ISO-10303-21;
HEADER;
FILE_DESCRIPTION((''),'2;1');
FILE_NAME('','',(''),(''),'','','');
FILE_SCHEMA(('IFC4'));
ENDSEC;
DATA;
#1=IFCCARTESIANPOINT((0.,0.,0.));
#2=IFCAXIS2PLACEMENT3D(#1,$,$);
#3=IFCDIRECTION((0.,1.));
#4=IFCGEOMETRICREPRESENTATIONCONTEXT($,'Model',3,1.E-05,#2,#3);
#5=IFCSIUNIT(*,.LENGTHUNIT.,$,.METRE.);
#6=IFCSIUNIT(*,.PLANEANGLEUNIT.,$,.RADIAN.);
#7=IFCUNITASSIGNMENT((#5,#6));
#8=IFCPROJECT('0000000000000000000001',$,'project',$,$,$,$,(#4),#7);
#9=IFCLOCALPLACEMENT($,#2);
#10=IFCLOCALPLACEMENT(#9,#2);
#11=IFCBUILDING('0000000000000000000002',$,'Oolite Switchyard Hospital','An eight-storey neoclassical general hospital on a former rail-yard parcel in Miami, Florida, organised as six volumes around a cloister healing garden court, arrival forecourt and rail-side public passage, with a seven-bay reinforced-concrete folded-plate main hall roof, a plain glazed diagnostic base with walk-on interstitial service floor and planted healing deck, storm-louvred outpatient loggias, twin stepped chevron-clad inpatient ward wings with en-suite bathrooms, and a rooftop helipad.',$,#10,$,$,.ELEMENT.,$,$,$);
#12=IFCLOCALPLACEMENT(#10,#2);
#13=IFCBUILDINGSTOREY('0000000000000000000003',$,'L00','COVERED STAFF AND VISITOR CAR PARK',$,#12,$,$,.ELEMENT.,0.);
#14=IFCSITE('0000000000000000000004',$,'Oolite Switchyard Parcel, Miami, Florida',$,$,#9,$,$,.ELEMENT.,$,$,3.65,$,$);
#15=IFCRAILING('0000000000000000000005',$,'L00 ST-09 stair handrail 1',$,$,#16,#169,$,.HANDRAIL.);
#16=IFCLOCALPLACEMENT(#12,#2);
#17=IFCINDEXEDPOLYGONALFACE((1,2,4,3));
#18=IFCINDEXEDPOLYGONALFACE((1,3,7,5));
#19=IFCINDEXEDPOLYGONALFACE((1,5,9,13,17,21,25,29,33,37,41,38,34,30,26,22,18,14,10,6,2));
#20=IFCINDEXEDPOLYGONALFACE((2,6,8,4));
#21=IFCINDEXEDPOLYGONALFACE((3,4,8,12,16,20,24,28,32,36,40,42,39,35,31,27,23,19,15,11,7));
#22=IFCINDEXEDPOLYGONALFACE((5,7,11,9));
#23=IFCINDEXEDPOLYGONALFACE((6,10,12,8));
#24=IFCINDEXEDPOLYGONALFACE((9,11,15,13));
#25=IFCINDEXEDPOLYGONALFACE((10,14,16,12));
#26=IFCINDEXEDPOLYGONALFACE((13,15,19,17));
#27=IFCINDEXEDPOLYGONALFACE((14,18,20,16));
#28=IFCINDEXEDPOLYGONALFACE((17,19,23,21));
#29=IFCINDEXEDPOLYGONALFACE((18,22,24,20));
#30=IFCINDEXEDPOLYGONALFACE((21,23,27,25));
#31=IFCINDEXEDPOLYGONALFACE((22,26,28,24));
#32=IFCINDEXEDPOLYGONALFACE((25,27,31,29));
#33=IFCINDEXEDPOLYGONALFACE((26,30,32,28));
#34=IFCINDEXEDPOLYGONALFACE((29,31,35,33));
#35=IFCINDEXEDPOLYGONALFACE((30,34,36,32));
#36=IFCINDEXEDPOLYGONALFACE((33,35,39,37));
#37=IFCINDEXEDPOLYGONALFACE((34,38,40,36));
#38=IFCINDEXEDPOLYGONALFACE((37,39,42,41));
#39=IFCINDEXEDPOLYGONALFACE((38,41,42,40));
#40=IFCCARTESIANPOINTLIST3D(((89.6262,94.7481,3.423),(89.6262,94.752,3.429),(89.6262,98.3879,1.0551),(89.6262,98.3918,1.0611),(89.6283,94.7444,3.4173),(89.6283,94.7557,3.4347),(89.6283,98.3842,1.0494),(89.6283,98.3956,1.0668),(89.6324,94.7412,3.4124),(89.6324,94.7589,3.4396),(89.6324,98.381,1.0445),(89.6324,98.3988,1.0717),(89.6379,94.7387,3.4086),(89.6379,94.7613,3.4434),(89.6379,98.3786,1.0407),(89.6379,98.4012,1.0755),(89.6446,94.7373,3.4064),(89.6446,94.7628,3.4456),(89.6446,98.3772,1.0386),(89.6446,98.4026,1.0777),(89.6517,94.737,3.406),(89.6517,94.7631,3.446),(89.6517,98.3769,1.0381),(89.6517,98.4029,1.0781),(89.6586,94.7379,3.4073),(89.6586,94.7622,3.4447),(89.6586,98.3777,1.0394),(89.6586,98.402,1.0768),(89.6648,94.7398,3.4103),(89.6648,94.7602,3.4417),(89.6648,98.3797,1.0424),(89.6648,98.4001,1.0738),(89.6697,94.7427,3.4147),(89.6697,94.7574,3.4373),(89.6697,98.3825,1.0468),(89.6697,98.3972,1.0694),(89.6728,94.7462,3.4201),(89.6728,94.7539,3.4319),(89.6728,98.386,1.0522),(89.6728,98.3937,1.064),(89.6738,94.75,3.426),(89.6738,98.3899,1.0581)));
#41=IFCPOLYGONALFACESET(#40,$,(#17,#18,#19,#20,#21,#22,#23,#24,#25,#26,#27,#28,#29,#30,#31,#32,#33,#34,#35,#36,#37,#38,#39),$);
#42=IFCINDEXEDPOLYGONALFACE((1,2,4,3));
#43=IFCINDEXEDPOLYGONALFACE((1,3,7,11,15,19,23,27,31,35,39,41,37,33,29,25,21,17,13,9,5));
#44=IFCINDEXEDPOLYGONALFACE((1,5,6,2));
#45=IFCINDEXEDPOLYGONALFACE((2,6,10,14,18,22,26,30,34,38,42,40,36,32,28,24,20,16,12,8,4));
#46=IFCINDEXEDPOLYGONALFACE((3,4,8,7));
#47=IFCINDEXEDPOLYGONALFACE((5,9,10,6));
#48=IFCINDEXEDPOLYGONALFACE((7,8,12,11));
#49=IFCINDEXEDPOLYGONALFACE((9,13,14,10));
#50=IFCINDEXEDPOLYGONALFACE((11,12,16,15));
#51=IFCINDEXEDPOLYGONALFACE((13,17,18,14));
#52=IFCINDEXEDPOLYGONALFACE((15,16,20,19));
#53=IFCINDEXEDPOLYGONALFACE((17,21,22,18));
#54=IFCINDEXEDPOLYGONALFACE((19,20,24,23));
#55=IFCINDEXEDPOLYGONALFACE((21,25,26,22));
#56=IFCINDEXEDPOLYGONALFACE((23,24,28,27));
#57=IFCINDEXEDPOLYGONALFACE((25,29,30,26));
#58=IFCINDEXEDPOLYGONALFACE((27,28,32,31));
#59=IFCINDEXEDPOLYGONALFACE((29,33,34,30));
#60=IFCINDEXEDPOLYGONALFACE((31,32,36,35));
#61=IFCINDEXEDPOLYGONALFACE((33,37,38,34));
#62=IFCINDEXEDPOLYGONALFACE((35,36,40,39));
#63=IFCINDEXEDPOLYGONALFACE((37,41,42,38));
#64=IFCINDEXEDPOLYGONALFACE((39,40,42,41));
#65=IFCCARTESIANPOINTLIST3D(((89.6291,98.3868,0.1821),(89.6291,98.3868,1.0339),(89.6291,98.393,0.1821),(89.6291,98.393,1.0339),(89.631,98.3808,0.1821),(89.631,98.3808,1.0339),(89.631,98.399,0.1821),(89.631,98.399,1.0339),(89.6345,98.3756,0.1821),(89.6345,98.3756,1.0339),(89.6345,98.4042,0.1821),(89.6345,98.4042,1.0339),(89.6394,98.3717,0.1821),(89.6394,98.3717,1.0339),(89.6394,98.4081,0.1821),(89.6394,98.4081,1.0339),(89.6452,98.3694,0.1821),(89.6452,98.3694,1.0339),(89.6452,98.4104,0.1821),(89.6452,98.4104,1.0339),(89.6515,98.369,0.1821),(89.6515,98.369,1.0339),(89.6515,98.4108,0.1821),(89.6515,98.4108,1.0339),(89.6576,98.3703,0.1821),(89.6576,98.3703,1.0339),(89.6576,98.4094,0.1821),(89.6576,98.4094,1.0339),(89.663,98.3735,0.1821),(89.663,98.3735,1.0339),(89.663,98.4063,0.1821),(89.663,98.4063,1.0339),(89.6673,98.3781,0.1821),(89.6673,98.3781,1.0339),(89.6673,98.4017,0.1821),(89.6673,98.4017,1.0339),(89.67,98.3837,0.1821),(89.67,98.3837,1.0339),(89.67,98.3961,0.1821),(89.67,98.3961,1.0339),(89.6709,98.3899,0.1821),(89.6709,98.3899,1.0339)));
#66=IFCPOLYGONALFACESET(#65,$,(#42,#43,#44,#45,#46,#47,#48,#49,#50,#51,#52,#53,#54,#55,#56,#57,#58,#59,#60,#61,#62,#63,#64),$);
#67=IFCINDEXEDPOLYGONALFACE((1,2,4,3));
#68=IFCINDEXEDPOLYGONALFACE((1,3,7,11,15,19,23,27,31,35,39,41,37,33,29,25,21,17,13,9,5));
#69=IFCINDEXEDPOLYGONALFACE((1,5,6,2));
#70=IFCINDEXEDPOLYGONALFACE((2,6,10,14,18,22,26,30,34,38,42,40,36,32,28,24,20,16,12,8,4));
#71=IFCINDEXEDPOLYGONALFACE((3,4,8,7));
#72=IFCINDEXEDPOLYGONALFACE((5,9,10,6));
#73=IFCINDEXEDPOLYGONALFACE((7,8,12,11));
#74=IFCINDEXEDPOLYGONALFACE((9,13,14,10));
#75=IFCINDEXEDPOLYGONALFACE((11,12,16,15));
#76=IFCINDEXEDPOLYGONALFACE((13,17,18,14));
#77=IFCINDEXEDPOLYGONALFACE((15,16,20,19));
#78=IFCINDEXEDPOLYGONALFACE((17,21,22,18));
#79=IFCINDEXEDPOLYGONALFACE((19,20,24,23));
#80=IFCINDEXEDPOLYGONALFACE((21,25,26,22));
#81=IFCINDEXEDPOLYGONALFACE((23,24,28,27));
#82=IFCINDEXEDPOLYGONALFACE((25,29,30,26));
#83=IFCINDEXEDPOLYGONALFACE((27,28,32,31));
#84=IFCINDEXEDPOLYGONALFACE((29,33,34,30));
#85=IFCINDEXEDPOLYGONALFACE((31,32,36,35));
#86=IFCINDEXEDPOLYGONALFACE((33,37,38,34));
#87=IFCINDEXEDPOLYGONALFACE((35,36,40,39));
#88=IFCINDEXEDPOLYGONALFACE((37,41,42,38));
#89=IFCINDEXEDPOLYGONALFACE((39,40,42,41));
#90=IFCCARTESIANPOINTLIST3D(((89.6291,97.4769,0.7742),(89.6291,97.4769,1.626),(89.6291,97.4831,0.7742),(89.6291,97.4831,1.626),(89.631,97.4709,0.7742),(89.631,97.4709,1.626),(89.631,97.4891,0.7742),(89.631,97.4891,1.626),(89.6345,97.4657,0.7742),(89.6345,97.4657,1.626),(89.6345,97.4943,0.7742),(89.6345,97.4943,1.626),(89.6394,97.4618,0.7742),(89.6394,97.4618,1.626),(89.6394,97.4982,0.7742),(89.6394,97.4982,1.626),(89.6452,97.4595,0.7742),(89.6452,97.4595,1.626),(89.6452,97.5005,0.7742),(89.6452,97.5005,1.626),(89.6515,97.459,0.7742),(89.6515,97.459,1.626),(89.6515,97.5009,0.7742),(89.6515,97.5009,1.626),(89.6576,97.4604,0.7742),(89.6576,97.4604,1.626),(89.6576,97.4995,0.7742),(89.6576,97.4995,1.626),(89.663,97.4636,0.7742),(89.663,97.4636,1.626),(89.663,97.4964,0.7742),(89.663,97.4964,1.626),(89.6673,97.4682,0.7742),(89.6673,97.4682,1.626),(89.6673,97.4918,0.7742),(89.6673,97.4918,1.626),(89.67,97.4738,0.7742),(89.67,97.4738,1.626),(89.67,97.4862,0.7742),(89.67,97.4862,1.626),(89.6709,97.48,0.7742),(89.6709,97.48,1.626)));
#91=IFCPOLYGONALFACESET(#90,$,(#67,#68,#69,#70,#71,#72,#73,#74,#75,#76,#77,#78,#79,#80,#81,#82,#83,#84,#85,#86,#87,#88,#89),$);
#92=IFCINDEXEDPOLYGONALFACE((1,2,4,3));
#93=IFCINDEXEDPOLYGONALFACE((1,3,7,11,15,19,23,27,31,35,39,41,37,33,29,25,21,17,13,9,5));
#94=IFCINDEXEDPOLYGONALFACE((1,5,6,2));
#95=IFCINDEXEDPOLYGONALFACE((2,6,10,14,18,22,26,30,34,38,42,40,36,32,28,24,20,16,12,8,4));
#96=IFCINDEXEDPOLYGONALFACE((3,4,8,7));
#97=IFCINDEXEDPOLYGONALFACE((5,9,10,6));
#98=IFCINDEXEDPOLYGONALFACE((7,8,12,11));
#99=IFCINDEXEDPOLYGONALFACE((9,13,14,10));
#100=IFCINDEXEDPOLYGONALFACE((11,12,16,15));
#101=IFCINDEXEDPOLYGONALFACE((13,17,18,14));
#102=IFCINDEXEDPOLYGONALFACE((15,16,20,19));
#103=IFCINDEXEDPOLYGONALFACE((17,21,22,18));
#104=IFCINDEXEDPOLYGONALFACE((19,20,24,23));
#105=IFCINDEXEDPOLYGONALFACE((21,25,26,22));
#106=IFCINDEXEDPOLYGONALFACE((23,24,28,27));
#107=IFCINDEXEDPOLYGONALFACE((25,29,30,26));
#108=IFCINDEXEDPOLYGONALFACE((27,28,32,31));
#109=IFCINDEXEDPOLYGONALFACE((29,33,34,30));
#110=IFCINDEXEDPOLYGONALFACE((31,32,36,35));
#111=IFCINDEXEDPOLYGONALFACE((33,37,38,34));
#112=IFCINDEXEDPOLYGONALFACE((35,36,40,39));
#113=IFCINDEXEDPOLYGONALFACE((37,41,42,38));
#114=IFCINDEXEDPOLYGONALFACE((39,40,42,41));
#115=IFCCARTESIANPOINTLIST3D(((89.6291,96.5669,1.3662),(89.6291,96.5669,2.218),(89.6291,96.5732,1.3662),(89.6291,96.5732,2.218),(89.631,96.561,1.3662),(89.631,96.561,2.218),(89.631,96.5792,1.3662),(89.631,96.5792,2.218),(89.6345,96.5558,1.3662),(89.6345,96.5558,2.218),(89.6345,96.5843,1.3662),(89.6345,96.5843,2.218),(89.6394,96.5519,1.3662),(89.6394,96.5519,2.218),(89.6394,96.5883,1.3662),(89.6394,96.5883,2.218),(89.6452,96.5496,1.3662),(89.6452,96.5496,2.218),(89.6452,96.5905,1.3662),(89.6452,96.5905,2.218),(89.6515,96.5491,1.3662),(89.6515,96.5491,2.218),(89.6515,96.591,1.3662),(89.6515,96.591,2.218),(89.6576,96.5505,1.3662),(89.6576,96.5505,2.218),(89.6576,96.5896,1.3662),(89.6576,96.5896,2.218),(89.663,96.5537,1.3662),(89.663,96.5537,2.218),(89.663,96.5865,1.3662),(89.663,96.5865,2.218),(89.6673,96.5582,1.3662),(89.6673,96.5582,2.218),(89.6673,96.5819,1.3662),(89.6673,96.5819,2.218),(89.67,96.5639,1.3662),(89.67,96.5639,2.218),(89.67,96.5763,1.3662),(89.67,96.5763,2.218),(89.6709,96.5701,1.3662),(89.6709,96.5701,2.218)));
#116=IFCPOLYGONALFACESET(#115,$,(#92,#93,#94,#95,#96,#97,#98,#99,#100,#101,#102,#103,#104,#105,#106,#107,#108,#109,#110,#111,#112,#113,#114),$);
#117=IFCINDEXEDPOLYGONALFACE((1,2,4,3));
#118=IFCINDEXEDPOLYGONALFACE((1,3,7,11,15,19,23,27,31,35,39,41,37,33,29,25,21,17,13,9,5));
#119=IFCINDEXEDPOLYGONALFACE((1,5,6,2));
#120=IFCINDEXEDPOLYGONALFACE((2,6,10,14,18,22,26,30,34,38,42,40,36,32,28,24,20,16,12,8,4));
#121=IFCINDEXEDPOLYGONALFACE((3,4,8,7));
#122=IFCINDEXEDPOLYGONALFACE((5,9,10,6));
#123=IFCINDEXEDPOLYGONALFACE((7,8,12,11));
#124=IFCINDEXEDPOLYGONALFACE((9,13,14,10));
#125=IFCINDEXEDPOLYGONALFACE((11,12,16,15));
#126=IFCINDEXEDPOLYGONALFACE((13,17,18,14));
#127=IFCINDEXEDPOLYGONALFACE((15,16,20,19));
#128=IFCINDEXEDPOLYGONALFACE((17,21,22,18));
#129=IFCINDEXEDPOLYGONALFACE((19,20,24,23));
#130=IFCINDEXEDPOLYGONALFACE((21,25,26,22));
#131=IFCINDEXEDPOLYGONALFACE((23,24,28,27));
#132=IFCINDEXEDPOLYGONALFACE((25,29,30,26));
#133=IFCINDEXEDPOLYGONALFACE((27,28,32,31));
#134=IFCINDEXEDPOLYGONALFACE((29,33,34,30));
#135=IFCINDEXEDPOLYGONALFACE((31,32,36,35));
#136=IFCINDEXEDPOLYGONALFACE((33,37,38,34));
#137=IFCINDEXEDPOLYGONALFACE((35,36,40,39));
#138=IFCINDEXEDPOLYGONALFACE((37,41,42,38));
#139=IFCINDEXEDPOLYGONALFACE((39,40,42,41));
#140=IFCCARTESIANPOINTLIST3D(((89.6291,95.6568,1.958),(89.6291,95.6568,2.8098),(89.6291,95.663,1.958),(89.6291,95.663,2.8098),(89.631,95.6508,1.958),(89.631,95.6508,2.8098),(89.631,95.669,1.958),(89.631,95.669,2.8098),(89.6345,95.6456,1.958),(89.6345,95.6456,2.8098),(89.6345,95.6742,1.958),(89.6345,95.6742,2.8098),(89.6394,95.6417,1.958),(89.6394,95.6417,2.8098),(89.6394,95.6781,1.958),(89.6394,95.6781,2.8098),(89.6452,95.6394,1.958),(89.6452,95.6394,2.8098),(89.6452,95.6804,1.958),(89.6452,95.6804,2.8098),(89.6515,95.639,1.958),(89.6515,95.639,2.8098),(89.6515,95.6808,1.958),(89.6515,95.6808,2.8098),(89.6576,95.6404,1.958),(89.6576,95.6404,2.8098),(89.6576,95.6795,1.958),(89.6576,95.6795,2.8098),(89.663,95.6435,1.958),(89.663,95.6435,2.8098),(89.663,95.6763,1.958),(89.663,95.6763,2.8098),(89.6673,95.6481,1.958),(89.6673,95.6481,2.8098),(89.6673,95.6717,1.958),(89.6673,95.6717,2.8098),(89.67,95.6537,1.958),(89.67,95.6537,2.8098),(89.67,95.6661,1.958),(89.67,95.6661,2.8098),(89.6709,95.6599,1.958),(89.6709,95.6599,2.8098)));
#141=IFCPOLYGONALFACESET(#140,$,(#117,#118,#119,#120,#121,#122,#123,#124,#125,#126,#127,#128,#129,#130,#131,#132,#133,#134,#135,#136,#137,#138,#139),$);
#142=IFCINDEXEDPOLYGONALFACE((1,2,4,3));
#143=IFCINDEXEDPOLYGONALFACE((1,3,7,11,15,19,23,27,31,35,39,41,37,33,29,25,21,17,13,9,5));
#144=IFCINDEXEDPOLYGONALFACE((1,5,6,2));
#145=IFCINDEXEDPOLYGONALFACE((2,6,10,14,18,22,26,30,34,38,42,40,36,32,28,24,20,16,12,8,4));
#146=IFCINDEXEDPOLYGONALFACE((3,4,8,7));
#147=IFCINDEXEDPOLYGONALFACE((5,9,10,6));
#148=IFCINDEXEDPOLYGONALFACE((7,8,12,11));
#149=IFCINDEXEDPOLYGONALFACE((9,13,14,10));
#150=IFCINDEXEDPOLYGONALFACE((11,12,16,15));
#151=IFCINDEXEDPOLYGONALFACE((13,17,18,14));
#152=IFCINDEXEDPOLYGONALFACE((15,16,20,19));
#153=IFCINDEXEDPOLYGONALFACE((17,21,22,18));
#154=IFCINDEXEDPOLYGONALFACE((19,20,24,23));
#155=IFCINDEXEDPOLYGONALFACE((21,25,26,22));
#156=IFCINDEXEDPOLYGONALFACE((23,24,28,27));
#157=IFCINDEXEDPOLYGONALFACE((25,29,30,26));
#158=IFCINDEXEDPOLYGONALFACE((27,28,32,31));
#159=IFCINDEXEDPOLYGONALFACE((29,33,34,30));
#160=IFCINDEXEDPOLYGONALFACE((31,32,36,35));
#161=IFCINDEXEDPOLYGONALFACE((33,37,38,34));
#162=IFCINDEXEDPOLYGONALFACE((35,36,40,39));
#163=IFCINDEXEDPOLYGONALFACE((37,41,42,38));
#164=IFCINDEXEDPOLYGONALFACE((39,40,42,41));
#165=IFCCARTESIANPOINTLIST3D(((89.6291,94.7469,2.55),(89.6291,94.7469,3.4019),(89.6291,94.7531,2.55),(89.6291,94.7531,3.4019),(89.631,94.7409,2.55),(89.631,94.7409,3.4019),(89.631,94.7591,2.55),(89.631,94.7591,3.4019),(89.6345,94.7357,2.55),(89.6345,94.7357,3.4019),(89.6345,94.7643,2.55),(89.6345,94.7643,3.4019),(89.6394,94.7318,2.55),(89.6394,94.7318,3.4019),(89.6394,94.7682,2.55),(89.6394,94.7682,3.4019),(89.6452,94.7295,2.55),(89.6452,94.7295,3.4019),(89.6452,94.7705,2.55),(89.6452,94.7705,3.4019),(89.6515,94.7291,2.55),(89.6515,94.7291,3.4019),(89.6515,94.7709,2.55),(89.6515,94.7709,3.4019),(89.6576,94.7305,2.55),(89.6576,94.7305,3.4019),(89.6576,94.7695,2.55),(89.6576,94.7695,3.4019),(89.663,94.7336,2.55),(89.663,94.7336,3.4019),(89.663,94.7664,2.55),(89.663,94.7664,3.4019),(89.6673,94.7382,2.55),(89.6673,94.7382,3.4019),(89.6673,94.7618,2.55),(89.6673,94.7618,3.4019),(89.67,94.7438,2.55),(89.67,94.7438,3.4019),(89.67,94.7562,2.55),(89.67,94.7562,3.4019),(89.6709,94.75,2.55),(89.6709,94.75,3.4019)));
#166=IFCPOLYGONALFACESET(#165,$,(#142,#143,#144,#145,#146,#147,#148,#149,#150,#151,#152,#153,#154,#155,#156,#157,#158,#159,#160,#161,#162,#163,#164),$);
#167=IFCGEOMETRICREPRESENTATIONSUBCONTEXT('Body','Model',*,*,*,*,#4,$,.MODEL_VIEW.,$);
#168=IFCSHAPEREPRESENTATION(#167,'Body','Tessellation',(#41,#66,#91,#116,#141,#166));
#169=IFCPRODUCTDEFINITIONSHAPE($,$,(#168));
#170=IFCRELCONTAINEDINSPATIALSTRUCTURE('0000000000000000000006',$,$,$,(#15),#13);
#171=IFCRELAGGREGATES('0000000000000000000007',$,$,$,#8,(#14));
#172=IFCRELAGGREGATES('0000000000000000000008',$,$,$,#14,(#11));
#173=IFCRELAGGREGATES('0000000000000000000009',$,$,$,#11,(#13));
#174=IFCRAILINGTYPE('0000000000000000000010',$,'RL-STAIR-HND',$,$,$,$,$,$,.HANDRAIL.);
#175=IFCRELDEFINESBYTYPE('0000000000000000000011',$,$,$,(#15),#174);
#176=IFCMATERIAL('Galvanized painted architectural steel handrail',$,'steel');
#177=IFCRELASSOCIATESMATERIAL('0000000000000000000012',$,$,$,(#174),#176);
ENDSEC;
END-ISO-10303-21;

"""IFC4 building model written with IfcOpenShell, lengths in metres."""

from ifc_helpers import new_model, si_unit, direction, frame, origin, origin_2d, place, context, subcontext, project, spatial, circle, extrude, material, type_object, element, save


model = new_model("IFC4")

# Units and contexts
model_context = context("Model", 3, precision=1e-05, world=origin(), true_north=direction((0.0, 1.0)))
body_context = subcontext(model_context, "Body", "Model", "MODEL_VIEW")
ifc_project = project(units=[si_unit("LENGTHUNIT", "METRE"), si_unit("PLANEANGLEUNIT", "RADIAN")], contexts=[model_context])

# Site, building, storey
site_placement = place(None, origin())
site = spatial("IfcSite", under=ifc_project, at=site_placement, Name="Oolite Switchyard Parcel, Miami, Florida", CompositionType="ELEMENT", RefElevation=3.65)
building_placement = place(site_placement, origin())
building = spatial("IfcBuilding", under=site, at=building_placement, Name="Oolite Switchyard Hospital", Description="An eight-storey neoclassical general hospital on a former rail-yard parcel in Miami, Florida, organised as six volumes around a cloister healing garden court, arrival forecourt and rail-side public passage, with a seven-bay reinforced-concrete folded-plate main hall roof, a plain glazed diagnostic base with walk-on interstitial service floor and planted healing deck, storm-louvred outpatient loggias, twin stepped chevron-clad inpatient ward wings with en-suite bathrooms, and a rooftop helipad.", CompositionType="ELEMENT")
storey_placement = place(building_placement, origin())
storey = spatial("IfcBuildingStorey", under=building, at=storey_placement, Name="L00", Description="COVERED STAFF AND VISITOR CAR PARK", CompositionType="ELEMENT", Elevation=0.0)

# Railing
ifc_material_1 = material(Name="Galvanized painted architectural steel handrail", Category="steel")
railing_type_1 = type_object("IfcRailingType", Name="RL-STAIR-HND", PredefinedType="HANDRAIL", material=ifc_material_1)
railing_1_placement = place(storey_placement, frame((89.6499, 98.3899, 0.1821)))
element("IfcRailing", 1, at=railing_1_placement, inside=storey, type_object=railing_type_1, Name="L00 ST-09 stair handrail 1", PredefinedType="HANDRAIL", context=body_context, shape_type="SweptSolid", body=[
    extrude(circle(Radius=0.0239, at=origin_2d()), frame((0.0, 0.0, 0.876), z_axis=(0.0, -0.838234, 0.54531), x_axis=(1.0, 0.0, 0.0)), (0.0, 0.0, 1.0), 4.3423),
    extrude(circle(Radius=0.021, at=origin_2d()), origin(), (0.0, 0.0, 1.0), 0.8518),
    extrude(circle(Radius=0.021, at=origin_2d()), frame((0.0, -0.9099, 0.592)), (0.0, 0.0, 1.0), 0.8518),
    extrude(circle(Radius=0.021, at=origin_2d()), frame((0.0, -1.8198, 1.1841)), (0.0, 0.0, 1.0), 0.8518),
    extrude(circle(Radius=0.021, at=origin_2d()), frame((0.0, -2.73, 1.7759)), (0.0, 0.0, 1.0), 0.8518),
    extrude(circle(Radius=0.021, at=origin_2d()), frame((0.0, -3.6399, 2.3679)), (0.0, 0.0, 1.0), 0.8518),
])

save(model, "model.ifc")
